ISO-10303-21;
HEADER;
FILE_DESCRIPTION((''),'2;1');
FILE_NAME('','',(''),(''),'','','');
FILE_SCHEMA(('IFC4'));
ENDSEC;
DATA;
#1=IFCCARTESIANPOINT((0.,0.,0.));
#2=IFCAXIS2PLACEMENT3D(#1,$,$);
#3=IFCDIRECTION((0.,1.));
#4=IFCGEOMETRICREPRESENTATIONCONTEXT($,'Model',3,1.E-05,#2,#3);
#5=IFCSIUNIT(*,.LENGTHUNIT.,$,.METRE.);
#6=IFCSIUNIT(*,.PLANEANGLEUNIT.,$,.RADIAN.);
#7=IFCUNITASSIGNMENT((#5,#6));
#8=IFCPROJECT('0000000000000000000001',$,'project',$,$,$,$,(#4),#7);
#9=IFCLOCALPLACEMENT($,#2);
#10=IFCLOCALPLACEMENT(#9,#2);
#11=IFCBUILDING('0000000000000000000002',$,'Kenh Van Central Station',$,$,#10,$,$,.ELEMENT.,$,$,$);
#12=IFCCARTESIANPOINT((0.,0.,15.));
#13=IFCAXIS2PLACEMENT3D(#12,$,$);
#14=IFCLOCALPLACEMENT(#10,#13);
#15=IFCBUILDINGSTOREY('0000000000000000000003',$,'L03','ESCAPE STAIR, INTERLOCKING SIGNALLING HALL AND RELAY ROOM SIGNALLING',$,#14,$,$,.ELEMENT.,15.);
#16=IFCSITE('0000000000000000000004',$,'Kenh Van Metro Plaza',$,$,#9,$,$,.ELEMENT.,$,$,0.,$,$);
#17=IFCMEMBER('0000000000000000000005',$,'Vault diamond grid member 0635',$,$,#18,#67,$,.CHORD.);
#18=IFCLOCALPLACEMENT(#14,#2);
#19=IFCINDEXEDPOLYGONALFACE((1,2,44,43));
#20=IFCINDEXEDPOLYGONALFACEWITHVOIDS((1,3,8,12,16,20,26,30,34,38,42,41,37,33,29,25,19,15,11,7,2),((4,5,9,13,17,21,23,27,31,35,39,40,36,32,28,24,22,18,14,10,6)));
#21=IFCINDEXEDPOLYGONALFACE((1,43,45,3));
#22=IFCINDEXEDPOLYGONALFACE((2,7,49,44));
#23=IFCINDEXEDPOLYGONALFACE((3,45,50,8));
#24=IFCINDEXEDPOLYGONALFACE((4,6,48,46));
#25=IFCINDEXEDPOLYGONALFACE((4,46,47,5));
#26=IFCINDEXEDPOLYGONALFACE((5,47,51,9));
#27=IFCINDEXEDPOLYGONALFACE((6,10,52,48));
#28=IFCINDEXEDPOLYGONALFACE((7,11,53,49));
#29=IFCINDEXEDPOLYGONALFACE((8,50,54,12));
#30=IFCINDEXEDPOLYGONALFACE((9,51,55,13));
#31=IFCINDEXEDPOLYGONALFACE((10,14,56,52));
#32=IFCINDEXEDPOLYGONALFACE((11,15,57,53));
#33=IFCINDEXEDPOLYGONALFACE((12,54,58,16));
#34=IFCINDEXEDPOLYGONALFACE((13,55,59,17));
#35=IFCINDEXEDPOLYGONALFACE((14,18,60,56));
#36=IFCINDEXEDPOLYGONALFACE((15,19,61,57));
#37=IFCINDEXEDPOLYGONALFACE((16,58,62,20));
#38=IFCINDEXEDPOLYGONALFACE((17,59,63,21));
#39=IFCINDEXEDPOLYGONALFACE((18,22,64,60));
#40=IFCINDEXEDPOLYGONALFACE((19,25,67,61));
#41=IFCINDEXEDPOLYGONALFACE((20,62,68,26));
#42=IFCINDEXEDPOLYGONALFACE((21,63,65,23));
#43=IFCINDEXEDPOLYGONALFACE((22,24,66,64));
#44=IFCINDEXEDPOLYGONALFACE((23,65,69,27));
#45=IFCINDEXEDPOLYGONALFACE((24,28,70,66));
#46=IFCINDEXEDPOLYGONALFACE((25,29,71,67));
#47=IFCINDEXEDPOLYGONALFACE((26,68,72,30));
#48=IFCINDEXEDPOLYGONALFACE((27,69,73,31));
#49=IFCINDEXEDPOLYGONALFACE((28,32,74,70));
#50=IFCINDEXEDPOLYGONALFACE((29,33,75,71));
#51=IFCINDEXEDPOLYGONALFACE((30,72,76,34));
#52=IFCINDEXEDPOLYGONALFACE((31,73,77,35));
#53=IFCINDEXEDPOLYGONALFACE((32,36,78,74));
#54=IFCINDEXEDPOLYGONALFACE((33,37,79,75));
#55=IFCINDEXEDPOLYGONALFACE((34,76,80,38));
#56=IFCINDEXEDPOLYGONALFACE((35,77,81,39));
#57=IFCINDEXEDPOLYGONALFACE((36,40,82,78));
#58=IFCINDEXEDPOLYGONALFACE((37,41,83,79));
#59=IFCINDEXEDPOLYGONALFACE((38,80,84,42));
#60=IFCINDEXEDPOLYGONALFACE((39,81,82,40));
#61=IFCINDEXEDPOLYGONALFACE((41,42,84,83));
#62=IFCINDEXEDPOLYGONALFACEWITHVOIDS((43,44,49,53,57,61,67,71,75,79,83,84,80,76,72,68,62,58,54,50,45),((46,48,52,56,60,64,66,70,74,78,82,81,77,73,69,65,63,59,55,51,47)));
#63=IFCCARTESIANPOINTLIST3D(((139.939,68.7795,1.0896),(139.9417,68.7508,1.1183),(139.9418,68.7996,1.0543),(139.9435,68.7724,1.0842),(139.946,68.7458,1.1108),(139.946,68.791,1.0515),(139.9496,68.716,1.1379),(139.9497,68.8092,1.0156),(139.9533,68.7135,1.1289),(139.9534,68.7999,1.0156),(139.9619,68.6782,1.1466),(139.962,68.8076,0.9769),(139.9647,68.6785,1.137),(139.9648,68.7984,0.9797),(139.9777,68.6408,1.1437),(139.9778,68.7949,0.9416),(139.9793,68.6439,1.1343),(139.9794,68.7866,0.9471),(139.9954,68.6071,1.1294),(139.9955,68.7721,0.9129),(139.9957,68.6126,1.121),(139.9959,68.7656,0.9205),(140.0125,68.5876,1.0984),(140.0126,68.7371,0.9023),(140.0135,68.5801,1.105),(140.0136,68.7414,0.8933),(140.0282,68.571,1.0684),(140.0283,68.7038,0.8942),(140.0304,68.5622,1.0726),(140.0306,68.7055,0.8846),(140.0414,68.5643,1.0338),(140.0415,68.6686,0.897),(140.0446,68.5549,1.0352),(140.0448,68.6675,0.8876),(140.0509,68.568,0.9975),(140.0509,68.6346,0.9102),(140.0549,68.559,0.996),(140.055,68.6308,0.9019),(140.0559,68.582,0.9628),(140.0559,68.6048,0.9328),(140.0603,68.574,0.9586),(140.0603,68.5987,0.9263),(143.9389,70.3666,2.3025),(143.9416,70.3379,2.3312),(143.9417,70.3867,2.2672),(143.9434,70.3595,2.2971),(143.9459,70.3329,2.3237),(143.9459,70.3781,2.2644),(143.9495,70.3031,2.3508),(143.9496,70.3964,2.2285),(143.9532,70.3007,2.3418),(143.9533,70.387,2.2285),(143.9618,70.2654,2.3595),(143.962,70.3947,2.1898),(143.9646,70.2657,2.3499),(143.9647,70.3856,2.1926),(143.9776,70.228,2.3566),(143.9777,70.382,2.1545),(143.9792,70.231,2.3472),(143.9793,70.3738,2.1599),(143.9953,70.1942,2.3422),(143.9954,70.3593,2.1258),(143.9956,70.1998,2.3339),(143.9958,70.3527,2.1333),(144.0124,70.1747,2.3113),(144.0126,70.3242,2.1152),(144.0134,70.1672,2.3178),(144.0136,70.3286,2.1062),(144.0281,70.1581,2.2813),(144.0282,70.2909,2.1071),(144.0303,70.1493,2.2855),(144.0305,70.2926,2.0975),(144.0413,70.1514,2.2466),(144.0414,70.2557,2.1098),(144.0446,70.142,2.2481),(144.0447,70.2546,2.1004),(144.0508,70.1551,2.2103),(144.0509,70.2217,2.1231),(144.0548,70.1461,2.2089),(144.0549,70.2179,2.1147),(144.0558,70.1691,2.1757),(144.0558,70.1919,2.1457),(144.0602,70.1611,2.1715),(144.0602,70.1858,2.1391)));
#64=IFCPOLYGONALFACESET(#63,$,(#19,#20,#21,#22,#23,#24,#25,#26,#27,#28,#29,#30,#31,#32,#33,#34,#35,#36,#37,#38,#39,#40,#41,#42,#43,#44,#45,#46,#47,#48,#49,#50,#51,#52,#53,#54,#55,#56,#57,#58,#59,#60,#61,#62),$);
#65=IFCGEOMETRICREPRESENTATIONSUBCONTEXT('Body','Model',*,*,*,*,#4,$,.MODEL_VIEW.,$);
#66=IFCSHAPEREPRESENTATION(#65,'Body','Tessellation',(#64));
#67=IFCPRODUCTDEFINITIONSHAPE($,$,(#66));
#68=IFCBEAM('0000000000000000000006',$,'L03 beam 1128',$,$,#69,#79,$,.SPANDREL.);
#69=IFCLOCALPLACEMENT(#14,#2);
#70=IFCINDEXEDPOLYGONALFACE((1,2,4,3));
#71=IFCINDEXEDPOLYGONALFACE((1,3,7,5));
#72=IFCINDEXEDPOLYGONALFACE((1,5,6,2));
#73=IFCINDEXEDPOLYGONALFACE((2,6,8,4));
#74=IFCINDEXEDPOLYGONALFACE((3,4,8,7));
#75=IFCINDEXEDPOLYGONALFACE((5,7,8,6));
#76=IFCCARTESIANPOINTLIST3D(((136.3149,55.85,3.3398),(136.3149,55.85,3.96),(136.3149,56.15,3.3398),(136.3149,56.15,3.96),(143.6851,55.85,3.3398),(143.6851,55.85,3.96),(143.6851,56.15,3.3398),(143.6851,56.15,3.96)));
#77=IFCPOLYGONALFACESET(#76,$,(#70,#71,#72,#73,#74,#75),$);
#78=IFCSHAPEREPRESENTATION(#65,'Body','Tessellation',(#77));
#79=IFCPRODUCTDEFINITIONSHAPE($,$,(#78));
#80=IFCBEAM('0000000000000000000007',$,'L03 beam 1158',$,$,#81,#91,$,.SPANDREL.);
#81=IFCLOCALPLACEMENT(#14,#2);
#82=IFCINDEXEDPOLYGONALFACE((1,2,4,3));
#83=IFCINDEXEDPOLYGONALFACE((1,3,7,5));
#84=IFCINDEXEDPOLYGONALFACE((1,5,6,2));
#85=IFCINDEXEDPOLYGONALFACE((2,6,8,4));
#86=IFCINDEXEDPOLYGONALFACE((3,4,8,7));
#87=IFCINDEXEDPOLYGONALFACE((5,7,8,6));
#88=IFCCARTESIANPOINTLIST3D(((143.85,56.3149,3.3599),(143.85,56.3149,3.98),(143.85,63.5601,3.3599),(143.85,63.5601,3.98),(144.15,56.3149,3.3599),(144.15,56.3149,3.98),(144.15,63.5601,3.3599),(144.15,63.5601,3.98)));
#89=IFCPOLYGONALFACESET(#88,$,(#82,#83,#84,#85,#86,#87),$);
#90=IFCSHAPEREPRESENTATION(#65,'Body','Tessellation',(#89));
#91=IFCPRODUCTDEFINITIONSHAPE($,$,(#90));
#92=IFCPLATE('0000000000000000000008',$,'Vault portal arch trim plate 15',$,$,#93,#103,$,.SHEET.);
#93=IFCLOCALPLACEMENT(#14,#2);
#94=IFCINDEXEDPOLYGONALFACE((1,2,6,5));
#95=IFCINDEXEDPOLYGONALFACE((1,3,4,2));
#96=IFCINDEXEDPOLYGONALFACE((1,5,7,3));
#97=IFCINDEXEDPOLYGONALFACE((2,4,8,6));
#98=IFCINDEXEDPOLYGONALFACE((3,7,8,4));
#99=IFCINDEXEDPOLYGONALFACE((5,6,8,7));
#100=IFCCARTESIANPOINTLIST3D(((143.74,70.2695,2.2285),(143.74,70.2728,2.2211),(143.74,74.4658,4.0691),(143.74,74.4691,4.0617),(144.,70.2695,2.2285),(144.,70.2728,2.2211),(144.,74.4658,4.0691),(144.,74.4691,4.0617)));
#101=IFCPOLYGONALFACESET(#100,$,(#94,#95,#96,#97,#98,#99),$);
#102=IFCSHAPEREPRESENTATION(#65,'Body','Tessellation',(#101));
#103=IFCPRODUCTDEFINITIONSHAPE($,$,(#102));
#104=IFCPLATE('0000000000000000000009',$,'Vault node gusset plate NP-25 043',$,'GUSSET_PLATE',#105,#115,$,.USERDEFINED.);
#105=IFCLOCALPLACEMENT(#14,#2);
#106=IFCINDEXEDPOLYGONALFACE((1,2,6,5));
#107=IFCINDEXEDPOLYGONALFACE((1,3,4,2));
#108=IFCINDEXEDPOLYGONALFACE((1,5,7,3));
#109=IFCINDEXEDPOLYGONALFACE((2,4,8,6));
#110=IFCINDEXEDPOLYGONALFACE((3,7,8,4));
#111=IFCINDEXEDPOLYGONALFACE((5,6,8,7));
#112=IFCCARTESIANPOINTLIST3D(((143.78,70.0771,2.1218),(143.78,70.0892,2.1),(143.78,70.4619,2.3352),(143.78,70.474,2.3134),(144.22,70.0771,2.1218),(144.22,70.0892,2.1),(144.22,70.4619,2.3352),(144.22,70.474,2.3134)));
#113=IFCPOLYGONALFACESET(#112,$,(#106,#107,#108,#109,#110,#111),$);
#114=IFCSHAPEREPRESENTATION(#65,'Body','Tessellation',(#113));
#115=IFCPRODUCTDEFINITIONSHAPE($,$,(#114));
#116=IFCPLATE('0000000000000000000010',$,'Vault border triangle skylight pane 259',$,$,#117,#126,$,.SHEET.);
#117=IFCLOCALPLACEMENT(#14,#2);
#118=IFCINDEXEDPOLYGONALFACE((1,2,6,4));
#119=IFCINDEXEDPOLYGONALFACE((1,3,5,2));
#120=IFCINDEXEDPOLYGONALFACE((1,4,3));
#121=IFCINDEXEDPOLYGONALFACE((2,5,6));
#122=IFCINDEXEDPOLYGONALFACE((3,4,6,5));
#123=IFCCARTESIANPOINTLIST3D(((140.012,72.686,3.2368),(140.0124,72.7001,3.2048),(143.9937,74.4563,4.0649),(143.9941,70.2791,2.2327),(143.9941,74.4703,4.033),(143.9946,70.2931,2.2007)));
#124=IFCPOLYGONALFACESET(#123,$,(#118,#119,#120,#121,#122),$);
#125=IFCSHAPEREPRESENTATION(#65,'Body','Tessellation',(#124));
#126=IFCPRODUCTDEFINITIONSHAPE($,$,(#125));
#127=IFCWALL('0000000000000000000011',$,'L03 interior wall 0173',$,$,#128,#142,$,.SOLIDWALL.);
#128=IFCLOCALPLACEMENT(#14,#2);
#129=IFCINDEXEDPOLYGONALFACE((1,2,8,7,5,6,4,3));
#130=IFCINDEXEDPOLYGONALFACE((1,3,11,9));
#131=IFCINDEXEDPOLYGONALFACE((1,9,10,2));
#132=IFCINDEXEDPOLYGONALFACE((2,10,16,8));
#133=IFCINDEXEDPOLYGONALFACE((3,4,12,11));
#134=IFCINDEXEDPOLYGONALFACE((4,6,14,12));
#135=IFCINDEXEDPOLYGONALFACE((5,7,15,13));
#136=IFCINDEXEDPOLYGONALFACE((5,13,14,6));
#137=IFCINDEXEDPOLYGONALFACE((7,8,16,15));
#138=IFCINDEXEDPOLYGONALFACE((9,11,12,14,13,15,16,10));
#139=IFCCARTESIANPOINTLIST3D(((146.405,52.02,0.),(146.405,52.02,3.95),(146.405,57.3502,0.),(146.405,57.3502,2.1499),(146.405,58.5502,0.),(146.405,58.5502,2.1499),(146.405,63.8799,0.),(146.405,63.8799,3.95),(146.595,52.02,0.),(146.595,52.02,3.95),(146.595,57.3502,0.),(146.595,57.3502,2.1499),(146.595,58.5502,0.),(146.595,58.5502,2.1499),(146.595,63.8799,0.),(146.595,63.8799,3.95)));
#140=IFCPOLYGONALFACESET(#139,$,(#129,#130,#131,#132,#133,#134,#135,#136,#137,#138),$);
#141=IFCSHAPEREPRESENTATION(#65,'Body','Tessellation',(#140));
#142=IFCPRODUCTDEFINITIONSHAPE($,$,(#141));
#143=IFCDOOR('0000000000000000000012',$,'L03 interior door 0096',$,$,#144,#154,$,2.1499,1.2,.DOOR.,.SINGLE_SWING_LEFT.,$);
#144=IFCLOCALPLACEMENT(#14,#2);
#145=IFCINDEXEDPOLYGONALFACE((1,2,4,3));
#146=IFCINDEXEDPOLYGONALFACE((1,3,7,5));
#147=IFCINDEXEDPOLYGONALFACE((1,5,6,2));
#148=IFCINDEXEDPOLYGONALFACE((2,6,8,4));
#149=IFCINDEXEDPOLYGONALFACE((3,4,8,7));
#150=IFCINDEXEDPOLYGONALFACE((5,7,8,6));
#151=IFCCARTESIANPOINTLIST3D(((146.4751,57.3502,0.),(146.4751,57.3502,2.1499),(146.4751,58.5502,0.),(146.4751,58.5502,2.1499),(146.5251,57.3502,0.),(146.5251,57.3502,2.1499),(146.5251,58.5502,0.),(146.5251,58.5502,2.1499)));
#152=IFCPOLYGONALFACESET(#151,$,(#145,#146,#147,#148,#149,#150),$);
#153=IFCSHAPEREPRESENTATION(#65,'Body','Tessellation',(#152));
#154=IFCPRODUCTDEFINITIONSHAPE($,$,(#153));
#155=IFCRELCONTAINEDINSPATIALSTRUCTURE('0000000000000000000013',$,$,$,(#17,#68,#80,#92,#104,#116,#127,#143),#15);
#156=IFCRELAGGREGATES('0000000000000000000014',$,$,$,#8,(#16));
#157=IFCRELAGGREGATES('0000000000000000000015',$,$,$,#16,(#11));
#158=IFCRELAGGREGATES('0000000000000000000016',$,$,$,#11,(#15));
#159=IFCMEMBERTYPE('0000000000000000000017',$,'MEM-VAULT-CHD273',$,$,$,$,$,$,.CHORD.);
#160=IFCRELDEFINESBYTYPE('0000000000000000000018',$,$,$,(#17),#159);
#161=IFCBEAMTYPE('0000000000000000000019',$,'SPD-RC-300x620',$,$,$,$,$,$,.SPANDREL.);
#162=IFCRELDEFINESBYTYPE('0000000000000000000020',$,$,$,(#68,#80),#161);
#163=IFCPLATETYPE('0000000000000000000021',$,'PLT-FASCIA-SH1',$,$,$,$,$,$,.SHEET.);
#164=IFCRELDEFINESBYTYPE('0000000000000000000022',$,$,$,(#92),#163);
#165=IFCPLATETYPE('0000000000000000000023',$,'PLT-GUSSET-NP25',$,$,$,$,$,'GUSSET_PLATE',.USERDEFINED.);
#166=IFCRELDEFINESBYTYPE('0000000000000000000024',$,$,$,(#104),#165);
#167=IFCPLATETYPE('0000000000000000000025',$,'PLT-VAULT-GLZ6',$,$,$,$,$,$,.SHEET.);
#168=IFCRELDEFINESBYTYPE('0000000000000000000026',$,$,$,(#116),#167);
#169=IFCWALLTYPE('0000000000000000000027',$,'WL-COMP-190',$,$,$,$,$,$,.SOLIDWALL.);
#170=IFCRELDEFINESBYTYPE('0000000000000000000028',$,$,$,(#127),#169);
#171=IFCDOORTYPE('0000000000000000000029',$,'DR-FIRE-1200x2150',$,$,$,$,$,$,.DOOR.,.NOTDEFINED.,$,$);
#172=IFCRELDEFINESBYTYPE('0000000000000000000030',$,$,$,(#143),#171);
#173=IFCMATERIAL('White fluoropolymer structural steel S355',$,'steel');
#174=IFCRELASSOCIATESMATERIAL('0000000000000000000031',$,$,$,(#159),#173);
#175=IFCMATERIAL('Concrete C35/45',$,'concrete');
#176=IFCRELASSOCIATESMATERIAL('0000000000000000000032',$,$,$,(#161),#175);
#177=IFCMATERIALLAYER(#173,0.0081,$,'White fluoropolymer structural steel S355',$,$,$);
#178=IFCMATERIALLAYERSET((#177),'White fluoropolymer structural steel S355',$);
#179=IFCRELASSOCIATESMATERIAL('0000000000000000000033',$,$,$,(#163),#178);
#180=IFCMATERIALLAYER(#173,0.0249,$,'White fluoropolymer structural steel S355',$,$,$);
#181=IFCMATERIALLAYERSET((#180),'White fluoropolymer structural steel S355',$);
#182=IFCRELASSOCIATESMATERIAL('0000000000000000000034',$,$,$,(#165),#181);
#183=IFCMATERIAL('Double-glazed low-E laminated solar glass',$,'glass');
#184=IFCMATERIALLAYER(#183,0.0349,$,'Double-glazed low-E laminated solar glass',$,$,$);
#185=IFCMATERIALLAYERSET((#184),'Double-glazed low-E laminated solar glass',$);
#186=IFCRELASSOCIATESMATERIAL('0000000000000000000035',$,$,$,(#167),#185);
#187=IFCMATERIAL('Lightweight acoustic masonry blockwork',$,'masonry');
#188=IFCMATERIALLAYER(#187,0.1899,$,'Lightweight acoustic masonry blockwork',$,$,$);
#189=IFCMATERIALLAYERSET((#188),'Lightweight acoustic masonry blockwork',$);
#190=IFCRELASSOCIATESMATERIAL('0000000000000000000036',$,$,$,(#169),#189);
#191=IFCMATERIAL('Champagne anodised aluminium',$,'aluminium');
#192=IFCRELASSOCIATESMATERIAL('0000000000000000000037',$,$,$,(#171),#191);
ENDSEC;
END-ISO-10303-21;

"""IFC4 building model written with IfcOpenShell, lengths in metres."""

from ifc_helpers import new_model, si_unit, direction, frame, frame_2d, origin, origin_2d, place, context, subcontext, project, spatial, polyline, rectangle, hollow_circle, outline, extrude, material, layer, layer_set, material_profile, profile_set, type_object, element, fill, save


model = new_model("IFC4")

# Units and contexts
model_context = context("Model", 3, precision=1e-05, world=origin(), true_north=direction((0.0, 1.0)))
body_context = subcontext(model_context, "Body", "Model", "MODEL_VIEW")
ifc_project = project(units=[si_unit("LENGTHUNIT", "METRE"), si_unit("PLANEANGLEUNIT", "RADIAN")], contexts=[model_context])

# Site, building, storey
site_placement = place(None, origin())
site = spatial("IfcSite", under=ifc_project, at=site_placement, Name="Kenh Van Metro Plaza", CompositionType="ELEMENT", RefElevation=0.0)
building_placement = place(site_placement, origin())
building = spatial("IfcBuilding", under=site, at=building_placement, Name="Kenh Van Central Station", CompositionType="ELEMENT")
storey_placement = place(building_placement, frame((0.0, 0.0, 15.0)))
storey = spatial("IfcBuildingStorey", under=building, at=storey_placement, Name="L03", Description="ESCAPE STAIR, INTERLOCKING SIGNALLING HALL AND RELAY ROOM SIGNALLING", CompositionType="ELEMENT", Elevation=15.0)

# Shared definitions
ifc_material_1 = material(Name="Concrete C35/45", Category="concrete")

# Shared definitions
ifc_material_2 = material(Name="White fluoropolymer structural steel S355", Category="steel")

# Member
ifc_material_profile_1 = material_profile(ifc_material_2, hollow_circle(Radius=0.1365, WallThickness=0.01, at=origin_2d()), Name="CHS 273x10")
ifc_profile_set_1 = profile_set([ifc_material_profile_1], Name="White fluoropolymer structural steel S355")
member_type = type_object("IfcMemberType", Name="MEM-VAULT-CHD273", PredefinedType="CHORD", material=ifc_profile_set_1)
member_1_placement = place(storey_placement, frame((140.0, 68.6824, 1.0156), z_axis=(0.894647, 0.354987, 0.271277), x_axis=(-0.368817, 0.929502, 0.0)))
element("IfcMember", 1, at=member_1_placement, inside=storey, type_object=member_type, Name="Vault diamond grid member 0635", PredefinedType="CHORD", context=body_context, shape_type="SweptSolid", body=[
    extrude(hollow_circle(Radius=0.1365, WallThickness=0.01, at=origin_2d()), origin(), (0.0, 0.0, 1.0), 4.4709),
])

# Beams
ifc_material_profile_2 = material_profile(ifc_material_1, rectangle(XDim=0.3, YDim=0.6201, at=origin_2d()), Name="RC 300x620")
ifc_profile_set_2 = profile_set([ifc_material_profile_2], Name="Concrete C35/45")
beam_type_1 = type_object("IfcBeamType", Name="SPD-RC-300x620", PredefinedType="SPANDREL", material=ifc_profile_set_2)
beam_1_placement = place(storey_placement, frame((136.3149, 56.0, 3.6499), z_axis=(1.0, 0.0, 0.0), x_axis=(0.0, 1.0, 0.0)))
element("IfcBeam", 2, at=beam_1_placement, inside=storey, type_object=beam_type_1, Name="L03 beam 1128", PredefinedType="SPANDREL", context=body_context, shape_type="SweptSolid", body=[
    extrude(rectangle(XDim=0.3, YDim=0.6201, at=origin_2d()), origin(), (0.0, 0.0, 1.0), 7.3701),
])
beam_2_placement = place(storey_placement, frame((144.0, 56.3149, 3.6699), z_axis=(0.0, 1.0, 0.0), x_axis=(-1.0, 0.0, 0.0)))
element("IfcBeam", 3, at=beam_2_placement, inside=storey, type_object=beam_type_1, Name="L03 beam 1158", PredefinedType="SPANDREL", context=body_context, shape_type="SweptSolid", body=[
    extrude(rectangle(XDim=0.3, YDim=0.6201, at=origin_2d()), origin(), (0.0, 0.0, 1.0), 7.2451),
])

# Plates
ifc_layer_1 = layer(ifc_material_2, 0.0081, Name="White fluoropolymer structural steel S355")
ifc_layer_set_1 = layer_set([ifc_layer_1], Name="White fluoropolymer structural steel S355")
plate_type_1 = type_object("IfcPlateType", Name="PLT-FASCIA-SH1", PredefinedType="SHEET", material=ifc_layer_set_1)
plate_1_placement = place(storey_placement, frame((144.0, 70.2695, 2.2285), z_axis=(0.0, -0.40168, 0.91578), x_axis=(-1.0, 0.0, 0.0)))
element("IfcPlate", 4, at=plate_1_placement, inside=storey, type_object=plate_type_1, Name="Vault portal arch trim plate 15", PredefinedType="SHEET", context=body_context, shape_type="SweptSolid", body=[
    extrude(outline(polyline([(0.0, 0.0), (0.26, 0.0), (0.26, -4.5822), (0.0, -4.5822), (0.0, 0.0)])), origin(), (0.0, 0.0, -1.0), 0.0081),
])
ifc_layer_2 = layer(ifc_material_2, 0.0249, Name="White fluoropolymer structural steel S355")
ifc_layer_set_2 = layer_set([ifc_layer_2], Name="White fluoropolymer structural steel S355")
plate_type_2 = type_object("IfcPlateType", Name="PLT-GUSSET-NP25", ElementType="GUSSET_PLATE", PredefinedType="USERDEFINED", material=ifc_layer_set_2)
plate_2_placement = place(storey_placement, frame((143.78, 70.0771, 2.1218), z_axis=(0.0, -0.484983, 0.874523), x_axis=(1.0, 0.0, 0.0)))
element("IfcPlate", 5, at=plate_2_placement, inside=storey, type_object=plate_type_2, Name="Vault node gusset plate NP-25 043", ObjectType="GUSSET_PLATE", PredefinedType="USERDEFINED", context=body_context, shape_type="SweptSolid", body=[
    extrude(outline(polyline([(0.0, 0.0), (0.4399, 0.0), (0.4399, 0.44), (0.0, 0.44), (0.0, 0.0)])), origin(), (0.0, 0.0, -1.0), 0.0249),
])
ifc_material_3 = material(Name="Double-glazed low-E laminated solar glass", Category="glass")
ifc_layer_3 = layer(ifc_material_3, 0.0349, Name="Double-glazed low-E laminated solar glass")
ifc_layer_set_3 = layer_set([ifc_layer_3], Name="Double-glazed low-E laminated solar glass")
plate_type_3 = type_object("IfcPlateType", Name="PLT-VAULT-GLZ6", PredefinedType="SHEET", material=ifc_layer_set_3)
plate_3_placement = place(storey_placement, frame((143.9941, 70.2791, 2.2327), z_axis=(-0.011873, -0.401662, 0.915711), x_axis=(-0.000107, 0.915776, 0.401689)))
element("IfcPlate", 6, at=plate_3_placement, inside=storey, type_object=plate_type_3, Name="Vault border triangle skylight pane 259", PredefinedType="SHEET", context=body_context, shape_type="SweptSolid", body=[
    extrude(outline(polyline([(0.0, 0.0), (4.5614, 0.0), (2.608, 3.9822), (0.0, 0.0)])), origin(), (0.0, 0.0, -1.0), 0.0349),
])

# Wall, opening, door
ifc_material_4 = material(Name="Lightweight acoustic masonry blockwork", Category="masonry")
ifc_layer_4 = layer(ifc_material_4, 0.1899, Name="Lightweight acoustic masonry blockwork")
ifc_layer_set_4 = layer_set([ifc_layer_4], Name="Lightweight acoustic masonry blockwork")
wall_type_1 = type_object("IfcWallType", Name="WL-COMP-190", PredefinedType="SOLIDWALL", material=ifc_layer_set_4)
wall_1_placement = place(storey_placement, frame((146.5, 52.02, 0.0), z_axis=(0.0, 0.0, 1.0), x_axis=(0.0, 1.0, 0.0)))
wall_1 = element("IfcWall", 7, at=wall_1_placement, inside=storey, type_object=wall_type_1, Name="L03 interior wall 0173", PredefinedType="SOLIDWALL", context=body_context, shape_type="SweptSolid", body=[
    extrude(rectangle(XDim=11.8599, YDim=0.1899, at=frame_2d((5.9299, 0.0))), origin(), (0.0, 0.0, 1.0), 3.95),
])
opening_1_placement = place(wall_1_placement, frame((5.3301, 0.0, 0.0)))
opening_1 = element("IfcOpeningElement", 8, at=opening_1_placement, cuts=wall_1, PredefinedType="OPENING", context=body_context, shape_type="SweptSolid", body=[
    extrude(rectangle(XDim=1.2, YDim=2.1499, at=frame_2d((0.6001, 1.075))), frame((0.0, 0.105, 0.0), z_axis=(0.0, -1.0, 0.0), x_axis=(1.0, 0.0, 0.0)), (0.0, 0.0, 1.0), 0.21),
])
ifc_material_5 = material(Name="Champagne anodised aluminium", Category="aluminium")
door_type = type_object("IfcDoorType", Name="DR-FIRE-1200x2150", OperationType="NOTDEFINED", PredefinedType="DOOR", material=ifc_material_5)
door_placement = place(opening_1_placement, origin())
door = element("IfcDoor", 9, at=door_placement, inside=storey, type_object=door_type, Name="L03 interior door 0096", OperationType="SINGLE_SWING_LEFT", OverallHeight=2.1499, OverallWidth=1.2, PredefinedType="DOOR", context=body_context, shape_type="SweptSolid", body=[
    extrude(rectangle(XDim=1.2, YDim=2.1499, at=frame_2d((0.6001, 1.075))), frame((0.0, 0.0249, 0.0), z_axis=(0.0, -1.0, 0.0), x_axis=(1.0, 0.0, 0.0)), (0.0, 0.0, 1.0), 0.05),
])
fill(opening_1, door)

save(model, "model.ifc")
